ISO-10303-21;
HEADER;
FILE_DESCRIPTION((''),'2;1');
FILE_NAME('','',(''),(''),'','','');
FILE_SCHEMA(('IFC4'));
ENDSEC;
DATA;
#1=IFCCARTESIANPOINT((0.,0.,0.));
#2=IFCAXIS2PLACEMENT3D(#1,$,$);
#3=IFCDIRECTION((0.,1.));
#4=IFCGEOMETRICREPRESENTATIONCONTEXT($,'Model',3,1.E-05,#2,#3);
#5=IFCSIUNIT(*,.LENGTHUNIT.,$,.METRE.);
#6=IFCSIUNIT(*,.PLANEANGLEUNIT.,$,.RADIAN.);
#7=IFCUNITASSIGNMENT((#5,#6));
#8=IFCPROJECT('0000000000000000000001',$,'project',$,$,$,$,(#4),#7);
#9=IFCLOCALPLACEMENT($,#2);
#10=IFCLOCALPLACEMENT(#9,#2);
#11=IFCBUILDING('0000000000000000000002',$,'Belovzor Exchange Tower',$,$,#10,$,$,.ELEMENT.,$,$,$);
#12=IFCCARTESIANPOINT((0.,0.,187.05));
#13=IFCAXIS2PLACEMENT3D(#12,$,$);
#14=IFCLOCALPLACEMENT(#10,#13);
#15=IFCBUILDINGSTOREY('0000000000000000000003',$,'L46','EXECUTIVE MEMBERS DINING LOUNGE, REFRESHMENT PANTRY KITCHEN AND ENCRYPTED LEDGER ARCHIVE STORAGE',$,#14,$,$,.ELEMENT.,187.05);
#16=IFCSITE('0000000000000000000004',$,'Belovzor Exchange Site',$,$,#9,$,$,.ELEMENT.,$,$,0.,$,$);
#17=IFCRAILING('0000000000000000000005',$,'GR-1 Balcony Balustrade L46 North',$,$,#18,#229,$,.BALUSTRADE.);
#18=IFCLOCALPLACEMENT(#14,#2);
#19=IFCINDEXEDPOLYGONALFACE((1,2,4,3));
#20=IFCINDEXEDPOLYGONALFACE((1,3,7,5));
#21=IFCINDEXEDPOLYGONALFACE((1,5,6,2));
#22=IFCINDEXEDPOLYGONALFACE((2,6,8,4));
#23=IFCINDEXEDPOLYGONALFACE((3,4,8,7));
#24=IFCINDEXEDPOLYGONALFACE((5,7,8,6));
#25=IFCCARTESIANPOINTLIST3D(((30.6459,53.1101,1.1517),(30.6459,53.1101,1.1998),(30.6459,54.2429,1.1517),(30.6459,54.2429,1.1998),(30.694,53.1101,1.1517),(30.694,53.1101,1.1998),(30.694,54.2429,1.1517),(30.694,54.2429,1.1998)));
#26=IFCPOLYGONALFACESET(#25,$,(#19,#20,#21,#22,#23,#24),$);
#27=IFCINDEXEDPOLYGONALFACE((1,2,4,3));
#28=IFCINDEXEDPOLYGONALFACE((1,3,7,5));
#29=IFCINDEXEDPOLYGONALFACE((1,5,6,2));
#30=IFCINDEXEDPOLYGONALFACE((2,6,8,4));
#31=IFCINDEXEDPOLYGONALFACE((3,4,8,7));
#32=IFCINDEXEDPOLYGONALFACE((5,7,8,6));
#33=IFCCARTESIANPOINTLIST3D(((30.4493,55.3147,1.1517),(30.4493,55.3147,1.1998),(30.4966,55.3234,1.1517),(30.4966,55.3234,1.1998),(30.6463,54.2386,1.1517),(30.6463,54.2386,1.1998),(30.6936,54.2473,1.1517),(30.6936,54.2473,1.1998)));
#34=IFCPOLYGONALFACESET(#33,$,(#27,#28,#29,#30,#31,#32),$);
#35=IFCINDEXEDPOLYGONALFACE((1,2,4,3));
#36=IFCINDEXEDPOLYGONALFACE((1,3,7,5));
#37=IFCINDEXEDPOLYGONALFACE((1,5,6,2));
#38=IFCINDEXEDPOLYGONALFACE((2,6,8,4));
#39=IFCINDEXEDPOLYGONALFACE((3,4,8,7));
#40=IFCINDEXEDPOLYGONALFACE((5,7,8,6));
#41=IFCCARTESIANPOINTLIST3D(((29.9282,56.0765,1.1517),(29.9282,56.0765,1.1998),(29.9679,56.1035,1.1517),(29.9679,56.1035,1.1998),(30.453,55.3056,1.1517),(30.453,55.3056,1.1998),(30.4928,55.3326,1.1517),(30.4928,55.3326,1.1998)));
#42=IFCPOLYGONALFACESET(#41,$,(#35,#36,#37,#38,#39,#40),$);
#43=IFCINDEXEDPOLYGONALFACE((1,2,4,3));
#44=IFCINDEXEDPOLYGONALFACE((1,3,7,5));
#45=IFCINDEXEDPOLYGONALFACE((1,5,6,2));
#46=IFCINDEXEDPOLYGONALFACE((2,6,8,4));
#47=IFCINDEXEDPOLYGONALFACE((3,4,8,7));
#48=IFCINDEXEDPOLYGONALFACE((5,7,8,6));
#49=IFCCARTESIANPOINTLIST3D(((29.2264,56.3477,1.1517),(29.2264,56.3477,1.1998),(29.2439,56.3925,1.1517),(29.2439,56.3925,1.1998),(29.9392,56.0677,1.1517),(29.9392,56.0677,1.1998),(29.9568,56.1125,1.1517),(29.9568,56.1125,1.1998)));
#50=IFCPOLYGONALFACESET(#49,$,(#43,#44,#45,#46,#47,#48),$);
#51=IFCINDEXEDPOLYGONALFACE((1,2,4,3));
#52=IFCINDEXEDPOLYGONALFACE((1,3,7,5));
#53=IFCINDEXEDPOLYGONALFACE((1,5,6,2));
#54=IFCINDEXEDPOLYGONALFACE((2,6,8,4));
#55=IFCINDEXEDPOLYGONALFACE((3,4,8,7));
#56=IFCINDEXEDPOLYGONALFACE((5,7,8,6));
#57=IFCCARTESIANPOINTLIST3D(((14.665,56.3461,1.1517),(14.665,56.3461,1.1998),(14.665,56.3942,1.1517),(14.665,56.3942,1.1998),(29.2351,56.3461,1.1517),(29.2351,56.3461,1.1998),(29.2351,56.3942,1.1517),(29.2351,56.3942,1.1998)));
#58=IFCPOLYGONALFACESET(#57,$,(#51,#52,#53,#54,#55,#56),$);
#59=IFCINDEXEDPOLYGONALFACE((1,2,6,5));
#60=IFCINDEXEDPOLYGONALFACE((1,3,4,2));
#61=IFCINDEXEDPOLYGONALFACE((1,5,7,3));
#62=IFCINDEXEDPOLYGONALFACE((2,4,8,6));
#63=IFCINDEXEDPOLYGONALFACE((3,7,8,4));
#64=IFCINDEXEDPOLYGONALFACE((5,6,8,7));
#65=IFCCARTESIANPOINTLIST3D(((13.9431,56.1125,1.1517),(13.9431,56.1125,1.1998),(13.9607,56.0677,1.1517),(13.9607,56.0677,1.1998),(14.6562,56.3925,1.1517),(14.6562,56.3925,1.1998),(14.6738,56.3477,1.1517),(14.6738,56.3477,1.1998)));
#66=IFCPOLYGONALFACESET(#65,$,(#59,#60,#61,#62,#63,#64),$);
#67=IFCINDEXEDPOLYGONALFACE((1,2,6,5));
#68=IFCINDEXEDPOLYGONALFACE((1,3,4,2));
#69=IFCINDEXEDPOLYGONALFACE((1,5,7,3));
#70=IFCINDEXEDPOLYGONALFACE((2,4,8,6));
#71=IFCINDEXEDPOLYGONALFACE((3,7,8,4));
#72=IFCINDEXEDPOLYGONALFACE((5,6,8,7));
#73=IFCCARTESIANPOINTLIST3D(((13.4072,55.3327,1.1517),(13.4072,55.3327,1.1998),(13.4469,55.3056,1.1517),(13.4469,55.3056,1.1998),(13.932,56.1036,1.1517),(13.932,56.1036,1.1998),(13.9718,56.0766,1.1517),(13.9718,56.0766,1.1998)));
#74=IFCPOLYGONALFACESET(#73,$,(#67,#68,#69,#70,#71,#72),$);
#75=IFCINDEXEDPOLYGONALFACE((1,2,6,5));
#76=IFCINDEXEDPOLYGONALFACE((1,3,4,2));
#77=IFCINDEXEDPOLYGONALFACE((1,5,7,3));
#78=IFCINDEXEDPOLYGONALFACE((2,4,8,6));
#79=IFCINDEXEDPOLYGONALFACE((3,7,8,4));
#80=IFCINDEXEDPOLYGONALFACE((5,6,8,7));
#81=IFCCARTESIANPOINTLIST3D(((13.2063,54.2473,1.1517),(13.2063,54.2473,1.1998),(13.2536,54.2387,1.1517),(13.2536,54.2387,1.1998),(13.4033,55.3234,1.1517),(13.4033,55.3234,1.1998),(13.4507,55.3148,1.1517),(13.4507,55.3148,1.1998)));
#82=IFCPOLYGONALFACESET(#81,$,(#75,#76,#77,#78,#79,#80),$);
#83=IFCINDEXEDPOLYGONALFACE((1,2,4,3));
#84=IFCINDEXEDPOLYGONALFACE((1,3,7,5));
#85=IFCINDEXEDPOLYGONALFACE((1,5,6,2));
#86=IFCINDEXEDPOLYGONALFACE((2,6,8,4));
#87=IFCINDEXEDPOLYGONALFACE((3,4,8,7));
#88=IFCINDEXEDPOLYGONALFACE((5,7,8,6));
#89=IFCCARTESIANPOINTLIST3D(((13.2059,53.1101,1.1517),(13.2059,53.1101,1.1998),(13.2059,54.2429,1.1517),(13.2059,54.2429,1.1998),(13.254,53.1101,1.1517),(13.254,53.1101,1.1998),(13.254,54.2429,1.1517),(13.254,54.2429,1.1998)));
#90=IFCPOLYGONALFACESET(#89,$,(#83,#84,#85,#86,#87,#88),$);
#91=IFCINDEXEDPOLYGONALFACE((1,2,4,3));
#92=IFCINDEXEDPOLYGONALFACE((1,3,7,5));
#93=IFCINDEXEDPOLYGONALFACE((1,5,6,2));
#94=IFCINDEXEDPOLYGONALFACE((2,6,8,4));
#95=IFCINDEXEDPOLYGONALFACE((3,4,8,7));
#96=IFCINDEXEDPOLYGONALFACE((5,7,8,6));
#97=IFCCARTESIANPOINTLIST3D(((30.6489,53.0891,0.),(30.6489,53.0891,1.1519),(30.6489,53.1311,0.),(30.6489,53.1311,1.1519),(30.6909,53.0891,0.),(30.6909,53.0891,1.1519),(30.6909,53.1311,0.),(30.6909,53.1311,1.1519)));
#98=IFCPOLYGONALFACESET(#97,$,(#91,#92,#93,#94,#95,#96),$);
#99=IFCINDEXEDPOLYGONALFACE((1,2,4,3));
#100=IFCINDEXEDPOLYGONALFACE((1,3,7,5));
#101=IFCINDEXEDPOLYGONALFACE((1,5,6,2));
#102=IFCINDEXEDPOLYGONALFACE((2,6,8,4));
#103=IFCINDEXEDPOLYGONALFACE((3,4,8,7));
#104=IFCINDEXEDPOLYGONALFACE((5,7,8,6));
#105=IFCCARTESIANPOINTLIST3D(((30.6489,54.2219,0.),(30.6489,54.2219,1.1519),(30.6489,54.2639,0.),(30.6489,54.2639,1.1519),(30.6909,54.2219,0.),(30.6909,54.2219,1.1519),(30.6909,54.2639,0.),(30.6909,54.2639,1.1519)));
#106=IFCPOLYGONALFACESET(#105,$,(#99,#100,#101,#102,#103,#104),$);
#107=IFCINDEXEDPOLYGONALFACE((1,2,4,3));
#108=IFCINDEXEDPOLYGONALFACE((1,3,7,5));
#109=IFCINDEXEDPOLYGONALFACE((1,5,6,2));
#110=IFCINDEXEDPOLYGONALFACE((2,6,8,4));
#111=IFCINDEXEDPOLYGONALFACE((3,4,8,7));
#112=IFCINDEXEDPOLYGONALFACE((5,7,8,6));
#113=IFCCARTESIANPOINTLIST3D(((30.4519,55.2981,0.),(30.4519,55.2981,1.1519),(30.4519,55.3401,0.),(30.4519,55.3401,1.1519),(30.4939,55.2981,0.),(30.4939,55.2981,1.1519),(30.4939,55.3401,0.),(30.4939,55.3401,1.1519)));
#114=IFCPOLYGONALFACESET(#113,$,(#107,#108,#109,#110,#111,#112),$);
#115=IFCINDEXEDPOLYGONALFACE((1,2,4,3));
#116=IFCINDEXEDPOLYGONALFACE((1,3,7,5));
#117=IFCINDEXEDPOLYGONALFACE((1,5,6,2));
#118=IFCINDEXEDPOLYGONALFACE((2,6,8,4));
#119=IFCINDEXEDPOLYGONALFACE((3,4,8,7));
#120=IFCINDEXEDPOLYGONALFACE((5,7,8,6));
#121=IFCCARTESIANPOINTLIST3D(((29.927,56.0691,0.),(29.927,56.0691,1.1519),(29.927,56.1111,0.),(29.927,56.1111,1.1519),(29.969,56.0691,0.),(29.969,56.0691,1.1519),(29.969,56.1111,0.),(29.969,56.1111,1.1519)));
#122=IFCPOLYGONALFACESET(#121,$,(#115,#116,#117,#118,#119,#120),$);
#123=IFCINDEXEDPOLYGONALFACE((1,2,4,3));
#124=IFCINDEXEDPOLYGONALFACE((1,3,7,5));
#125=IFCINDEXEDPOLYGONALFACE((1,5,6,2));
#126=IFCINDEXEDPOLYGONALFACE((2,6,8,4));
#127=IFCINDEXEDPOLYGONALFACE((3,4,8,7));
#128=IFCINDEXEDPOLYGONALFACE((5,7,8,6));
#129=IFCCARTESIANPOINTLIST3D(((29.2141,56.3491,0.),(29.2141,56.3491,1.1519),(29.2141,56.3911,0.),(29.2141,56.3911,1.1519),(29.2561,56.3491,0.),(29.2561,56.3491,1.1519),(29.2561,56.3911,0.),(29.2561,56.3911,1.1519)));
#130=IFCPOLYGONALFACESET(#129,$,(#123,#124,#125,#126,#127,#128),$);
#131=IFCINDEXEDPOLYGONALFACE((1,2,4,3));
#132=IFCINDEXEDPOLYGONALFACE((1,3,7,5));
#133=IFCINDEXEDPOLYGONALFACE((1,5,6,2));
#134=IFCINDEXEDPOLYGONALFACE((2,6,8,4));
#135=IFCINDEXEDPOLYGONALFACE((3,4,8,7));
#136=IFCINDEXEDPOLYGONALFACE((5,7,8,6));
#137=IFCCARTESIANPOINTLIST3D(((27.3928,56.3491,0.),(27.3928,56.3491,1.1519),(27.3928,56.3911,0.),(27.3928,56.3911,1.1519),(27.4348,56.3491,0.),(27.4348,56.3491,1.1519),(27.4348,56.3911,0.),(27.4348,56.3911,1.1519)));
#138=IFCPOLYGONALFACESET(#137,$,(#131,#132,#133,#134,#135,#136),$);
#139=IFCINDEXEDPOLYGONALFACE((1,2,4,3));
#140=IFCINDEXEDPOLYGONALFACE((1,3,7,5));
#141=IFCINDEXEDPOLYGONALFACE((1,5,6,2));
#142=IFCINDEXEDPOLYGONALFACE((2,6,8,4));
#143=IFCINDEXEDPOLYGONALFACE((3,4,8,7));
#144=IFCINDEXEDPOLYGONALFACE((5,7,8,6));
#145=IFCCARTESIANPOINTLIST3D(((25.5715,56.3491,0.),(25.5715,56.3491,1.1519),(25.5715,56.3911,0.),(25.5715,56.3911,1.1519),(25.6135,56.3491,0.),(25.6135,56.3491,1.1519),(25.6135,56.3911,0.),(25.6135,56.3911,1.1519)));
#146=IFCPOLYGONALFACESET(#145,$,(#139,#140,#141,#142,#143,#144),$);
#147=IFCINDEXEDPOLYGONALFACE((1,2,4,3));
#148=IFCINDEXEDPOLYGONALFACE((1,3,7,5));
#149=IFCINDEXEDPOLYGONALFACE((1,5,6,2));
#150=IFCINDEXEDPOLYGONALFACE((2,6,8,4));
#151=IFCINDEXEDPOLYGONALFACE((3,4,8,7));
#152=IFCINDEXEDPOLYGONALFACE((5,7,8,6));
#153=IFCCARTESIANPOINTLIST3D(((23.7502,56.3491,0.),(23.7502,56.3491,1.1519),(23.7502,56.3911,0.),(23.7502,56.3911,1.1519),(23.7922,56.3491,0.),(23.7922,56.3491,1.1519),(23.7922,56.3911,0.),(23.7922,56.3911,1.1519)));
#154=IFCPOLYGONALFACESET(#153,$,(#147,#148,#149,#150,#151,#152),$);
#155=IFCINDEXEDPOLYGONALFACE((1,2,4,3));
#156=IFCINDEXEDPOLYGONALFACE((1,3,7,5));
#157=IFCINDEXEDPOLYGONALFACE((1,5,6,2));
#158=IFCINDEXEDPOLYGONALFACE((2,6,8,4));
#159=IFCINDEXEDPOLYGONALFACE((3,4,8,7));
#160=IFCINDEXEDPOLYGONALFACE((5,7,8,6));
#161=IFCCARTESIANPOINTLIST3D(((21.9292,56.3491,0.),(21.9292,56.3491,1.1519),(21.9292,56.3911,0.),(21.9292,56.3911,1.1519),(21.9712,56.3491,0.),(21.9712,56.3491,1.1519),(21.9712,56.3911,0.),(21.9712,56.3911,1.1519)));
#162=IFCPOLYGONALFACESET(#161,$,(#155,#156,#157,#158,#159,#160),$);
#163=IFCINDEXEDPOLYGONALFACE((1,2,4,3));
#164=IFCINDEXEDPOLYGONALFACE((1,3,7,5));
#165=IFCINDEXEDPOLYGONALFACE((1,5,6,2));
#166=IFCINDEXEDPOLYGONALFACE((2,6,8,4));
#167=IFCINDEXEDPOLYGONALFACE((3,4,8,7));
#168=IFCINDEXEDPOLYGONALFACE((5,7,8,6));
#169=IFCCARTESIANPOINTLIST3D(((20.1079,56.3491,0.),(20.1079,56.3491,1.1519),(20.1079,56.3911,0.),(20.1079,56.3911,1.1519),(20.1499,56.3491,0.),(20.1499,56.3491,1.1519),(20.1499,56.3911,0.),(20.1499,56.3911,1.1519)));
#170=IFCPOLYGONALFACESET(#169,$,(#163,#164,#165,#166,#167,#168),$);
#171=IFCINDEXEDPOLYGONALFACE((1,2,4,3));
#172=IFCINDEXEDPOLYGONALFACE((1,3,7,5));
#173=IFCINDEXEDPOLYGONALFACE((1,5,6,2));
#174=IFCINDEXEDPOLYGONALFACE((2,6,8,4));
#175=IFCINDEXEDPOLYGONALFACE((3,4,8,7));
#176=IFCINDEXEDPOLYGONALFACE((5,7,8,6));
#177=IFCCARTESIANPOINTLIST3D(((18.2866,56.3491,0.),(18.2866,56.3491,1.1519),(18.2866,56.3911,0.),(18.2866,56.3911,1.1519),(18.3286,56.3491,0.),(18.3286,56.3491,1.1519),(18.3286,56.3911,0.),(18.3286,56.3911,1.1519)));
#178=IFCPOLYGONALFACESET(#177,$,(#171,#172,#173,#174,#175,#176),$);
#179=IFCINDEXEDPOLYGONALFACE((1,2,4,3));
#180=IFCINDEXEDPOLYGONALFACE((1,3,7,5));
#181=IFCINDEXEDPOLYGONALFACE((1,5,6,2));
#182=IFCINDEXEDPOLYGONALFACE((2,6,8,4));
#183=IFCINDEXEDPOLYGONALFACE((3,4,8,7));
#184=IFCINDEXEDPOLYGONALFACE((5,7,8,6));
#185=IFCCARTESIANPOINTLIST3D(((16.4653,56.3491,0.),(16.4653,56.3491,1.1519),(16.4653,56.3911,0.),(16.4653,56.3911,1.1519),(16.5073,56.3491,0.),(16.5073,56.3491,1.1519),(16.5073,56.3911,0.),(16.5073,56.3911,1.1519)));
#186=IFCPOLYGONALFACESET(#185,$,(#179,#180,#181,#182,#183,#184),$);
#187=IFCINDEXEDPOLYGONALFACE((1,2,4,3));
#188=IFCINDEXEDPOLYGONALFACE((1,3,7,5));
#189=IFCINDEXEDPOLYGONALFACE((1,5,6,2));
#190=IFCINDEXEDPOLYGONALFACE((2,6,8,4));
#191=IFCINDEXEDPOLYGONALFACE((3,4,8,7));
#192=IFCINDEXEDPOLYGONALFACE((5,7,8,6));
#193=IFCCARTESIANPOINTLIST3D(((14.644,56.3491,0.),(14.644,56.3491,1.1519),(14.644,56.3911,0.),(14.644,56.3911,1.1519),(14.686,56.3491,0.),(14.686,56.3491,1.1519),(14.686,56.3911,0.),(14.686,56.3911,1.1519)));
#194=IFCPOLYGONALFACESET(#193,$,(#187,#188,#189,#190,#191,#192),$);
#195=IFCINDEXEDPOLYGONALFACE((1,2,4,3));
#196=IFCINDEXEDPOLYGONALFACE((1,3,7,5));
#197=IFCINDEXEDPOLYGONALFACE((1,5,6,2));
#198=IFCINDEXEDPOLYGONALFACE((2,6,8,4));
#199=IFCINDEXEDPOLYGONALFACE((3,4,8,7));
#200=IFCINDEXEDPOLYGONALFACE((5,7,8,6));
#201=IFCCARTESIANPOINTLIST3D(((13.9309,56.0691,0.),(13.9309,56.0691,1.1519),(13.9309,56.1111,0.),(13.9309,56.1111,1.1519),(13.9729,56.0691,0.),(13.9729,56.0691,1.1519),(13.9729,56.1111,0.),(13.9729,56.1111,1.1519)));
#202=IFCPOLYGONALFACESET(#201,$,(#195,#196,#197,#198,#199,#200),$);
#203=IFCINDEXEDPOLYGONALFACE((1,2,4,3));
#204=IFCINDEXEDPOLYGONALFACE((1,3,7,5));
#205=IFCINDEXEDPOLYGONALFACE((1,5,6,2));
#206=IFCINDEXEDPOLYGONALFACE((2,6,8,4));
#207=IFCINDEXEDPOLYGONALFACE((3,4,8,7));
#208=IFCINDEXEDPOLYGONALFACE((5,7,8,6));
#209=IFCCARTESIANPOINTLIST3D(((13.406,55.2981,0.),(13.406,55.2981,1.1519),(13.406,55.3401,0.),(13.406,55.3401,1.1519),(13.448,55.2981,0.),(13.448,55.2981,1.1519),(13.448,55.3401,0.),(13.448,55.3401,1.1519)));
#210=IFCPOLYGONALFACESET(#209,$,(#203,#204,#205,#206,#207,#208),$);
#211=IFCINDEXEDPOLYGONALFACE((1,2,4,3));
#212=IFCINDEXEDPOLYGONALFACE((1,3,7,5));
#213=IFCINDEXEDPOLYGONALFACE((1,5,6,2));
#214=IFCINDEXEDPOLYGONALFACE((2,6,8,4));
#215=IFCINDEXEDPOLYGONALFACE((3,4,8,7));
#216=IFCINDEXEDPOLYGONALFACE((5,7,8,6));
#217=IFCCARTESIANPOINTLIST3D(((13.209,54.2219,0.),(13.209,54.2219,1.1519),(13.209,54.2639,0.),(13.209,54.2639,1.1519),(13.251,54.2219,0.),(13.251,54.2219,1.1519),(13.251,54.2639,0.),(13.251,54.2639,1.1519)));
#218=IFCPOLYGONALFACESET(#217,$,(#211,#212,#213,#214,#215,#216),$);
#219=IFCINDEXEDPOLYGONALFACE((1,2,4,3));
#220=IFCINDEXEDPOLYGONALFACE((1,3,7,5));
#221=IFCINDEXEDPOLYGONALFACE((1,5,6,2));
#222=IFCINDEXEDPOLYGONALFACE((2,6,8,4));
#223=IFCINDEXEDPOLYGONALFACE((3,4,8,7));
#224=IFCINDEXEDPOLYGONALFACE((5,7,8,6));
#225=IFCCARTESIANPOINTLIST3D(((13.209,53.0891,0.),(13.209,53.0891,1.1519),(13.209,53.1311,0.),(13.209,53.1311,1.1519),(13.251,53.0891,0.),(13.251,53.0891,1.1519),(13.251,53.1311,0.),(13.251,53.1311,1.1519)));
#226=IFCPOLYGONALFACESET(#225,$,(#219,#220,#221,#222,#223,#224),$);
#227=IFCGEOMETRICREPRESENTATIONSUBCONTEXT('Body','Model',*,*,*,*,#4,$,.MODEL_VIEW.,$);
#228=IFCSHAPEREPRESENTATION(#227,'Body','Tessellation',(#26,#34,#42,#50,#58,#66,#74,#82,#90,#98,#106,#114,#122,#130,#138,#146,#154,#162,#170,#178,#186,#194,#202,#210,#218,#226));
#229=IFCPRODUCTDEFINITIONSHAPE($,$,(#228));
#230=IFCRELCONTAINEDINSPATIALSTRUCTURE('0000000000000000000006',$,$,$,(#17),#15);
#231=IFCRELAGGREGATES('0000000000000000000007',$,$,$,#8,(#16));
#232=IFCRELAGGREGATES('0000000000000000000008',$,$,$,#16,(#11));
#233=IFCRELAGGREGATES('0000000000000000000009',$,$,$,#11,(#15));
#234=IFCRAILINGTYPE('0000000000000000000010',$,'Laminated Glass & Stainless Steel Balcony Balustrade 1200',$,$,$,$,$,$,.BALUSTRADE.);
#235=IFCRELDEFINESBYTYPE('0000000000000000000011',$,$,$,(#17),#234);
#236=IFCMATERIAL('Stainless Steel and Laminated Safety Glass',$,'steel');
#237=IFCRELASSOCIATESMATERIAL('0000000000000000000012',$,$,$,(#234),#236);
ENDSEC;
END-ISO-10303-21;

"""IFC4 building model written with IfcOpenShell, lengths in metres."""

from ifc_helpers import new_model, si_unit, direction, frame, origin, origin_2d, place, context, subcontext, project, spatial, rectangle, extrude, material, type_object, element, save


model = new_model("IFC4")

# Units and contexts
model_context = context("Model", 3, precision=1e-05, world=origin(), true_north=direction((0.0, 1.0)))
body_context = subcontext(model_context, "Body", "Model", "MODEL_VIEW")
ifc_project = project(units=[si_unit("LENGTHUNIT", "METRE"), si_unit("PLANEANGLEUNIT", "RADIAN")], contexts=[model_context])

# Site, building, storey
site_placement = place(None, origin())
site = spatial("IfcSite", under=ifc_project, at=site_placement, Name="Belovzor Exchange Site", CompositionType="ELEMENT", RefElevation=0.0)
building_placement = place(site_placement, origin())
building = spatial("IfcBuilding", under=site, at=building_placement, Name="Belovzor Exchange Tower", CompositionType="ELEMENT")
storey_placement = place(building_placement, frame((0.0, 0.0, 187.05)))
storey = spatial("IfcBuildingStorey", under=building, at=storey_placement, Name="L46", Description="EXECUTIVE MEMBERS DINING LOUNGE, REFRESHMENT PANTRY KITCHEN AND ENCRYPTED LEDGER ARCHIVE STORAGE", CompositionType="ELEMENT", Elevation=187.05)

# Railing
ifc_material_1 = material(Name="Stainless Steel and Laminated Safety Glass", Category="steel")
railing_type = type_object("IfcRailingType", Name="Laminated Glass & Stainless Steel Balcony Balustrade 1200", PredefinedType="BALUSTRADE", material=ifc_material_1)
railing_placement = place(storey_placement, frame((30.6699, 53.1101, 0.0)))
element("IfcRailing", 1, at=railing_placement, inside=storey, type_object=railing_type, Name="GR-1 Balcony Balustrade L46 North", PredefinedType="BALUSTRADE", context=body_context, shape_type="SweptSolid", body=[
    extrude(rectangle(XDim=0.0481, YDim=0.0481, at=origin_2d()), frame((0.0, 0.0, 1.1758), z_axis=(0.0, 1.0, 0.0), x_axis=(-1.0, 0.0, 0.0)), (0.0, 0.0, 1.0), 1.1328),
    extrude(rectangle(XDim=0.0481, YDim=0.0481, at=origin_2d()), frame((0.0, 1.1328, 1.1758), z_axis=(-0.180083, 0.983651, 0.0), x_axis=(-0.983651, -0.180083, 0.0)), (0.0, 0.0, 1.0), 1.094),
    extrude(rectangle(XDim=0.0481, YDim=0.0481, at=origin_2d()), frame((-0.197, 2.209, 1.1758), z_axis=(-0.562768, 0.826615, 0.0), x_axis=(-0.826615, -0.562768, 0.0)), (0.0, 0.0, 1.0), 0.9326),
    extrude(rectangle(XDim=0.0481, YDim=0.0481, at=origin_2d()), frame((-0.7219, 2.98, 1.1758), z_axis=(-0.930767, 0.365613, 0.0), x_axis=(-0.365613, -0.930767, 0.0)), (0.0, 0.0, 1.0), 0.7659),
    extrude(rectangle(XDim=0.0481, YDim=0.0481, at=origin_2d()), frame((-1.4348, 3.26, 1.1758), z_axis=(-1.0, 0.0, 0.0), x_axis=(0.0, -1.0, 0.0)), (0.0, 0.0, 1.0), 14.5701),
    extrude(rectangle(XDim=0.0481, YDim=0.0481, at=origin_2d()), frame((-16.0049, 3.26, 1.1758), z_axis=(-0.93081, -0.365504, 0.0), x_axis=(0.365504, -0.93081, 0.0)), (0.0, 0.0, 1.0), 0.7661),
    extrude(rectangle(XDim=0.0481, YDim=0.0481, at=origin_2d()), frame((-16.718, 2.98, 1.1758), z_axis=(-0.562768, -0.826615, 0.0), x_axis=(0.826615, -0.562768, 0.0)), (0.0, 0.0, 1.0), 0.9326),
    extrude(rectangle(XDim=0.0481, YDim=0.0481, at=origin_2d()), frame((-17.2429, 2.209, 1.1758), z_axis=(-0.180083, -0.983651, 0.0), x_axis=(0.983651, -0.180083, 0.0)), (0.0, 0.0, 1.0), 1.094),
    extrude(rectangle(XDim=0.0481, YDim=0.0481, at=origin_2d()), frame((-17.4399, 1.1328, 1.1758), z_axis=(0.0, -1.0, 0.0), x_axis=(1.0, 0.0, 0.0)), (0.0, 0.0, 1.0), 1.1328),
    extrude(rectangle(XDim=0.042, YDim=0.042, at=origin_2d()), origin(), (0.0, 0.0, 1.0), 1.1519),
    extrude(rectangle(XDim=0.042, YDim=0.042, at=origin_2d()), frame((0.0, 1.1328, 0.0)), (0.0, 0.0, 1.0), 1.1519),
    extrude(rectangle(XDim=0.042, YDim=0.042, at=origin_2d()), frame((-0.197, 2.209, 0.0)), (0.0, 0.0, 1.0), 1.1519),
    extrude(rectangle(XDim=0.042, YDim=0.042, at=origin_2d()), frame((-0.7219, 2.98, 0.0)), (0.0, 0.0, 1.0), 1.1519),
    extrude(rectangle(XDim=0.042, YDim=0.042, at=origin_2d()), frame((-1.4348, 3.26, 0.0)), (0.0, 0.0, 1.0), 1.1519),
    extrude(rectangle(XDim=0.042, YDim=0.042, at=origin_2d()), frame((-3.2561, 3.26, 0.0)), (0.0, 0.0, 1.0), 1.1519),
    extrude(rectangle(XDim=0.042, YDim=0.042, at=origin_2d()), frame((-5.0774, 3.26, 0.0)), (0.0, 0.0, 1.0), 1.1519),
    extrude(rectangle(XDim=0.042, YDim=0.042, at=origin_2d()), frame((-6.8987, 3.26, 0.0)), (0.0, 0.0, 1.0), 1.1519),
    extrude(rectangle(XDim=0.042, YDim=0.042, at=origin_2d()), frame((-8.7197, 3.26, 0.0)), (0.0, 0.0, 1.0), 1.1519),
    extrude(rectangle(XDim=0.042, YDim=0.042, at=origin_2d()), frame((-10.541, 3.26, 0.0)), (0.0, 0.0, 1.0), 1.1519),
    extrude(rectangle(XDim=0.042, YDim=0.042, at=origin_2d()), frame((-12.3623, 3.26, 0.0)), (0.0, 0.0, 1.0), 1.1519),
    extrude(rectangle(XDim=0.042, YDim=0.042, at=origin_2d()), frame((-14.1836, 3.26, 0.0)), (0.0, 0.0, 1.0), 1.1519),
    extrude(rectangle(XDim=0.042, YDim=0.042, at=origin_2d()), frame((-16.0049, 3.26, 0.0)), (0.0, 0.0, 1.0), 1.1519),
    extrude(rectangle(XDim=0.042, YDim=0.042, at=origin_2d()), frame((-16.718, 2.98, 0.0)), (0.0, 0.0, 1.0), 1.1519),
    extrude(rectangle(XDim=0.042, YDim=0.042, at=origin_2d()), frame((-17.2429, 2.209, 0.0)), (0.0, 0.0, 1.0), 1.1519),
    extrude(rectangle(XDim=0.042, YDim=0.042, at=origin_2d()), frame((-17.4399, 1.1328, 0.0)), (0.0, 0.0, 1.0), 1.1519),
    extrude(rectangle(XDim=0.042, YDim=0.042, at=origin_2d()), frame((-17.4399, 0.0, 0.0)), (0.0, 0.0, 1.0), 1.1519),
])

save(model, "model.ifc")
